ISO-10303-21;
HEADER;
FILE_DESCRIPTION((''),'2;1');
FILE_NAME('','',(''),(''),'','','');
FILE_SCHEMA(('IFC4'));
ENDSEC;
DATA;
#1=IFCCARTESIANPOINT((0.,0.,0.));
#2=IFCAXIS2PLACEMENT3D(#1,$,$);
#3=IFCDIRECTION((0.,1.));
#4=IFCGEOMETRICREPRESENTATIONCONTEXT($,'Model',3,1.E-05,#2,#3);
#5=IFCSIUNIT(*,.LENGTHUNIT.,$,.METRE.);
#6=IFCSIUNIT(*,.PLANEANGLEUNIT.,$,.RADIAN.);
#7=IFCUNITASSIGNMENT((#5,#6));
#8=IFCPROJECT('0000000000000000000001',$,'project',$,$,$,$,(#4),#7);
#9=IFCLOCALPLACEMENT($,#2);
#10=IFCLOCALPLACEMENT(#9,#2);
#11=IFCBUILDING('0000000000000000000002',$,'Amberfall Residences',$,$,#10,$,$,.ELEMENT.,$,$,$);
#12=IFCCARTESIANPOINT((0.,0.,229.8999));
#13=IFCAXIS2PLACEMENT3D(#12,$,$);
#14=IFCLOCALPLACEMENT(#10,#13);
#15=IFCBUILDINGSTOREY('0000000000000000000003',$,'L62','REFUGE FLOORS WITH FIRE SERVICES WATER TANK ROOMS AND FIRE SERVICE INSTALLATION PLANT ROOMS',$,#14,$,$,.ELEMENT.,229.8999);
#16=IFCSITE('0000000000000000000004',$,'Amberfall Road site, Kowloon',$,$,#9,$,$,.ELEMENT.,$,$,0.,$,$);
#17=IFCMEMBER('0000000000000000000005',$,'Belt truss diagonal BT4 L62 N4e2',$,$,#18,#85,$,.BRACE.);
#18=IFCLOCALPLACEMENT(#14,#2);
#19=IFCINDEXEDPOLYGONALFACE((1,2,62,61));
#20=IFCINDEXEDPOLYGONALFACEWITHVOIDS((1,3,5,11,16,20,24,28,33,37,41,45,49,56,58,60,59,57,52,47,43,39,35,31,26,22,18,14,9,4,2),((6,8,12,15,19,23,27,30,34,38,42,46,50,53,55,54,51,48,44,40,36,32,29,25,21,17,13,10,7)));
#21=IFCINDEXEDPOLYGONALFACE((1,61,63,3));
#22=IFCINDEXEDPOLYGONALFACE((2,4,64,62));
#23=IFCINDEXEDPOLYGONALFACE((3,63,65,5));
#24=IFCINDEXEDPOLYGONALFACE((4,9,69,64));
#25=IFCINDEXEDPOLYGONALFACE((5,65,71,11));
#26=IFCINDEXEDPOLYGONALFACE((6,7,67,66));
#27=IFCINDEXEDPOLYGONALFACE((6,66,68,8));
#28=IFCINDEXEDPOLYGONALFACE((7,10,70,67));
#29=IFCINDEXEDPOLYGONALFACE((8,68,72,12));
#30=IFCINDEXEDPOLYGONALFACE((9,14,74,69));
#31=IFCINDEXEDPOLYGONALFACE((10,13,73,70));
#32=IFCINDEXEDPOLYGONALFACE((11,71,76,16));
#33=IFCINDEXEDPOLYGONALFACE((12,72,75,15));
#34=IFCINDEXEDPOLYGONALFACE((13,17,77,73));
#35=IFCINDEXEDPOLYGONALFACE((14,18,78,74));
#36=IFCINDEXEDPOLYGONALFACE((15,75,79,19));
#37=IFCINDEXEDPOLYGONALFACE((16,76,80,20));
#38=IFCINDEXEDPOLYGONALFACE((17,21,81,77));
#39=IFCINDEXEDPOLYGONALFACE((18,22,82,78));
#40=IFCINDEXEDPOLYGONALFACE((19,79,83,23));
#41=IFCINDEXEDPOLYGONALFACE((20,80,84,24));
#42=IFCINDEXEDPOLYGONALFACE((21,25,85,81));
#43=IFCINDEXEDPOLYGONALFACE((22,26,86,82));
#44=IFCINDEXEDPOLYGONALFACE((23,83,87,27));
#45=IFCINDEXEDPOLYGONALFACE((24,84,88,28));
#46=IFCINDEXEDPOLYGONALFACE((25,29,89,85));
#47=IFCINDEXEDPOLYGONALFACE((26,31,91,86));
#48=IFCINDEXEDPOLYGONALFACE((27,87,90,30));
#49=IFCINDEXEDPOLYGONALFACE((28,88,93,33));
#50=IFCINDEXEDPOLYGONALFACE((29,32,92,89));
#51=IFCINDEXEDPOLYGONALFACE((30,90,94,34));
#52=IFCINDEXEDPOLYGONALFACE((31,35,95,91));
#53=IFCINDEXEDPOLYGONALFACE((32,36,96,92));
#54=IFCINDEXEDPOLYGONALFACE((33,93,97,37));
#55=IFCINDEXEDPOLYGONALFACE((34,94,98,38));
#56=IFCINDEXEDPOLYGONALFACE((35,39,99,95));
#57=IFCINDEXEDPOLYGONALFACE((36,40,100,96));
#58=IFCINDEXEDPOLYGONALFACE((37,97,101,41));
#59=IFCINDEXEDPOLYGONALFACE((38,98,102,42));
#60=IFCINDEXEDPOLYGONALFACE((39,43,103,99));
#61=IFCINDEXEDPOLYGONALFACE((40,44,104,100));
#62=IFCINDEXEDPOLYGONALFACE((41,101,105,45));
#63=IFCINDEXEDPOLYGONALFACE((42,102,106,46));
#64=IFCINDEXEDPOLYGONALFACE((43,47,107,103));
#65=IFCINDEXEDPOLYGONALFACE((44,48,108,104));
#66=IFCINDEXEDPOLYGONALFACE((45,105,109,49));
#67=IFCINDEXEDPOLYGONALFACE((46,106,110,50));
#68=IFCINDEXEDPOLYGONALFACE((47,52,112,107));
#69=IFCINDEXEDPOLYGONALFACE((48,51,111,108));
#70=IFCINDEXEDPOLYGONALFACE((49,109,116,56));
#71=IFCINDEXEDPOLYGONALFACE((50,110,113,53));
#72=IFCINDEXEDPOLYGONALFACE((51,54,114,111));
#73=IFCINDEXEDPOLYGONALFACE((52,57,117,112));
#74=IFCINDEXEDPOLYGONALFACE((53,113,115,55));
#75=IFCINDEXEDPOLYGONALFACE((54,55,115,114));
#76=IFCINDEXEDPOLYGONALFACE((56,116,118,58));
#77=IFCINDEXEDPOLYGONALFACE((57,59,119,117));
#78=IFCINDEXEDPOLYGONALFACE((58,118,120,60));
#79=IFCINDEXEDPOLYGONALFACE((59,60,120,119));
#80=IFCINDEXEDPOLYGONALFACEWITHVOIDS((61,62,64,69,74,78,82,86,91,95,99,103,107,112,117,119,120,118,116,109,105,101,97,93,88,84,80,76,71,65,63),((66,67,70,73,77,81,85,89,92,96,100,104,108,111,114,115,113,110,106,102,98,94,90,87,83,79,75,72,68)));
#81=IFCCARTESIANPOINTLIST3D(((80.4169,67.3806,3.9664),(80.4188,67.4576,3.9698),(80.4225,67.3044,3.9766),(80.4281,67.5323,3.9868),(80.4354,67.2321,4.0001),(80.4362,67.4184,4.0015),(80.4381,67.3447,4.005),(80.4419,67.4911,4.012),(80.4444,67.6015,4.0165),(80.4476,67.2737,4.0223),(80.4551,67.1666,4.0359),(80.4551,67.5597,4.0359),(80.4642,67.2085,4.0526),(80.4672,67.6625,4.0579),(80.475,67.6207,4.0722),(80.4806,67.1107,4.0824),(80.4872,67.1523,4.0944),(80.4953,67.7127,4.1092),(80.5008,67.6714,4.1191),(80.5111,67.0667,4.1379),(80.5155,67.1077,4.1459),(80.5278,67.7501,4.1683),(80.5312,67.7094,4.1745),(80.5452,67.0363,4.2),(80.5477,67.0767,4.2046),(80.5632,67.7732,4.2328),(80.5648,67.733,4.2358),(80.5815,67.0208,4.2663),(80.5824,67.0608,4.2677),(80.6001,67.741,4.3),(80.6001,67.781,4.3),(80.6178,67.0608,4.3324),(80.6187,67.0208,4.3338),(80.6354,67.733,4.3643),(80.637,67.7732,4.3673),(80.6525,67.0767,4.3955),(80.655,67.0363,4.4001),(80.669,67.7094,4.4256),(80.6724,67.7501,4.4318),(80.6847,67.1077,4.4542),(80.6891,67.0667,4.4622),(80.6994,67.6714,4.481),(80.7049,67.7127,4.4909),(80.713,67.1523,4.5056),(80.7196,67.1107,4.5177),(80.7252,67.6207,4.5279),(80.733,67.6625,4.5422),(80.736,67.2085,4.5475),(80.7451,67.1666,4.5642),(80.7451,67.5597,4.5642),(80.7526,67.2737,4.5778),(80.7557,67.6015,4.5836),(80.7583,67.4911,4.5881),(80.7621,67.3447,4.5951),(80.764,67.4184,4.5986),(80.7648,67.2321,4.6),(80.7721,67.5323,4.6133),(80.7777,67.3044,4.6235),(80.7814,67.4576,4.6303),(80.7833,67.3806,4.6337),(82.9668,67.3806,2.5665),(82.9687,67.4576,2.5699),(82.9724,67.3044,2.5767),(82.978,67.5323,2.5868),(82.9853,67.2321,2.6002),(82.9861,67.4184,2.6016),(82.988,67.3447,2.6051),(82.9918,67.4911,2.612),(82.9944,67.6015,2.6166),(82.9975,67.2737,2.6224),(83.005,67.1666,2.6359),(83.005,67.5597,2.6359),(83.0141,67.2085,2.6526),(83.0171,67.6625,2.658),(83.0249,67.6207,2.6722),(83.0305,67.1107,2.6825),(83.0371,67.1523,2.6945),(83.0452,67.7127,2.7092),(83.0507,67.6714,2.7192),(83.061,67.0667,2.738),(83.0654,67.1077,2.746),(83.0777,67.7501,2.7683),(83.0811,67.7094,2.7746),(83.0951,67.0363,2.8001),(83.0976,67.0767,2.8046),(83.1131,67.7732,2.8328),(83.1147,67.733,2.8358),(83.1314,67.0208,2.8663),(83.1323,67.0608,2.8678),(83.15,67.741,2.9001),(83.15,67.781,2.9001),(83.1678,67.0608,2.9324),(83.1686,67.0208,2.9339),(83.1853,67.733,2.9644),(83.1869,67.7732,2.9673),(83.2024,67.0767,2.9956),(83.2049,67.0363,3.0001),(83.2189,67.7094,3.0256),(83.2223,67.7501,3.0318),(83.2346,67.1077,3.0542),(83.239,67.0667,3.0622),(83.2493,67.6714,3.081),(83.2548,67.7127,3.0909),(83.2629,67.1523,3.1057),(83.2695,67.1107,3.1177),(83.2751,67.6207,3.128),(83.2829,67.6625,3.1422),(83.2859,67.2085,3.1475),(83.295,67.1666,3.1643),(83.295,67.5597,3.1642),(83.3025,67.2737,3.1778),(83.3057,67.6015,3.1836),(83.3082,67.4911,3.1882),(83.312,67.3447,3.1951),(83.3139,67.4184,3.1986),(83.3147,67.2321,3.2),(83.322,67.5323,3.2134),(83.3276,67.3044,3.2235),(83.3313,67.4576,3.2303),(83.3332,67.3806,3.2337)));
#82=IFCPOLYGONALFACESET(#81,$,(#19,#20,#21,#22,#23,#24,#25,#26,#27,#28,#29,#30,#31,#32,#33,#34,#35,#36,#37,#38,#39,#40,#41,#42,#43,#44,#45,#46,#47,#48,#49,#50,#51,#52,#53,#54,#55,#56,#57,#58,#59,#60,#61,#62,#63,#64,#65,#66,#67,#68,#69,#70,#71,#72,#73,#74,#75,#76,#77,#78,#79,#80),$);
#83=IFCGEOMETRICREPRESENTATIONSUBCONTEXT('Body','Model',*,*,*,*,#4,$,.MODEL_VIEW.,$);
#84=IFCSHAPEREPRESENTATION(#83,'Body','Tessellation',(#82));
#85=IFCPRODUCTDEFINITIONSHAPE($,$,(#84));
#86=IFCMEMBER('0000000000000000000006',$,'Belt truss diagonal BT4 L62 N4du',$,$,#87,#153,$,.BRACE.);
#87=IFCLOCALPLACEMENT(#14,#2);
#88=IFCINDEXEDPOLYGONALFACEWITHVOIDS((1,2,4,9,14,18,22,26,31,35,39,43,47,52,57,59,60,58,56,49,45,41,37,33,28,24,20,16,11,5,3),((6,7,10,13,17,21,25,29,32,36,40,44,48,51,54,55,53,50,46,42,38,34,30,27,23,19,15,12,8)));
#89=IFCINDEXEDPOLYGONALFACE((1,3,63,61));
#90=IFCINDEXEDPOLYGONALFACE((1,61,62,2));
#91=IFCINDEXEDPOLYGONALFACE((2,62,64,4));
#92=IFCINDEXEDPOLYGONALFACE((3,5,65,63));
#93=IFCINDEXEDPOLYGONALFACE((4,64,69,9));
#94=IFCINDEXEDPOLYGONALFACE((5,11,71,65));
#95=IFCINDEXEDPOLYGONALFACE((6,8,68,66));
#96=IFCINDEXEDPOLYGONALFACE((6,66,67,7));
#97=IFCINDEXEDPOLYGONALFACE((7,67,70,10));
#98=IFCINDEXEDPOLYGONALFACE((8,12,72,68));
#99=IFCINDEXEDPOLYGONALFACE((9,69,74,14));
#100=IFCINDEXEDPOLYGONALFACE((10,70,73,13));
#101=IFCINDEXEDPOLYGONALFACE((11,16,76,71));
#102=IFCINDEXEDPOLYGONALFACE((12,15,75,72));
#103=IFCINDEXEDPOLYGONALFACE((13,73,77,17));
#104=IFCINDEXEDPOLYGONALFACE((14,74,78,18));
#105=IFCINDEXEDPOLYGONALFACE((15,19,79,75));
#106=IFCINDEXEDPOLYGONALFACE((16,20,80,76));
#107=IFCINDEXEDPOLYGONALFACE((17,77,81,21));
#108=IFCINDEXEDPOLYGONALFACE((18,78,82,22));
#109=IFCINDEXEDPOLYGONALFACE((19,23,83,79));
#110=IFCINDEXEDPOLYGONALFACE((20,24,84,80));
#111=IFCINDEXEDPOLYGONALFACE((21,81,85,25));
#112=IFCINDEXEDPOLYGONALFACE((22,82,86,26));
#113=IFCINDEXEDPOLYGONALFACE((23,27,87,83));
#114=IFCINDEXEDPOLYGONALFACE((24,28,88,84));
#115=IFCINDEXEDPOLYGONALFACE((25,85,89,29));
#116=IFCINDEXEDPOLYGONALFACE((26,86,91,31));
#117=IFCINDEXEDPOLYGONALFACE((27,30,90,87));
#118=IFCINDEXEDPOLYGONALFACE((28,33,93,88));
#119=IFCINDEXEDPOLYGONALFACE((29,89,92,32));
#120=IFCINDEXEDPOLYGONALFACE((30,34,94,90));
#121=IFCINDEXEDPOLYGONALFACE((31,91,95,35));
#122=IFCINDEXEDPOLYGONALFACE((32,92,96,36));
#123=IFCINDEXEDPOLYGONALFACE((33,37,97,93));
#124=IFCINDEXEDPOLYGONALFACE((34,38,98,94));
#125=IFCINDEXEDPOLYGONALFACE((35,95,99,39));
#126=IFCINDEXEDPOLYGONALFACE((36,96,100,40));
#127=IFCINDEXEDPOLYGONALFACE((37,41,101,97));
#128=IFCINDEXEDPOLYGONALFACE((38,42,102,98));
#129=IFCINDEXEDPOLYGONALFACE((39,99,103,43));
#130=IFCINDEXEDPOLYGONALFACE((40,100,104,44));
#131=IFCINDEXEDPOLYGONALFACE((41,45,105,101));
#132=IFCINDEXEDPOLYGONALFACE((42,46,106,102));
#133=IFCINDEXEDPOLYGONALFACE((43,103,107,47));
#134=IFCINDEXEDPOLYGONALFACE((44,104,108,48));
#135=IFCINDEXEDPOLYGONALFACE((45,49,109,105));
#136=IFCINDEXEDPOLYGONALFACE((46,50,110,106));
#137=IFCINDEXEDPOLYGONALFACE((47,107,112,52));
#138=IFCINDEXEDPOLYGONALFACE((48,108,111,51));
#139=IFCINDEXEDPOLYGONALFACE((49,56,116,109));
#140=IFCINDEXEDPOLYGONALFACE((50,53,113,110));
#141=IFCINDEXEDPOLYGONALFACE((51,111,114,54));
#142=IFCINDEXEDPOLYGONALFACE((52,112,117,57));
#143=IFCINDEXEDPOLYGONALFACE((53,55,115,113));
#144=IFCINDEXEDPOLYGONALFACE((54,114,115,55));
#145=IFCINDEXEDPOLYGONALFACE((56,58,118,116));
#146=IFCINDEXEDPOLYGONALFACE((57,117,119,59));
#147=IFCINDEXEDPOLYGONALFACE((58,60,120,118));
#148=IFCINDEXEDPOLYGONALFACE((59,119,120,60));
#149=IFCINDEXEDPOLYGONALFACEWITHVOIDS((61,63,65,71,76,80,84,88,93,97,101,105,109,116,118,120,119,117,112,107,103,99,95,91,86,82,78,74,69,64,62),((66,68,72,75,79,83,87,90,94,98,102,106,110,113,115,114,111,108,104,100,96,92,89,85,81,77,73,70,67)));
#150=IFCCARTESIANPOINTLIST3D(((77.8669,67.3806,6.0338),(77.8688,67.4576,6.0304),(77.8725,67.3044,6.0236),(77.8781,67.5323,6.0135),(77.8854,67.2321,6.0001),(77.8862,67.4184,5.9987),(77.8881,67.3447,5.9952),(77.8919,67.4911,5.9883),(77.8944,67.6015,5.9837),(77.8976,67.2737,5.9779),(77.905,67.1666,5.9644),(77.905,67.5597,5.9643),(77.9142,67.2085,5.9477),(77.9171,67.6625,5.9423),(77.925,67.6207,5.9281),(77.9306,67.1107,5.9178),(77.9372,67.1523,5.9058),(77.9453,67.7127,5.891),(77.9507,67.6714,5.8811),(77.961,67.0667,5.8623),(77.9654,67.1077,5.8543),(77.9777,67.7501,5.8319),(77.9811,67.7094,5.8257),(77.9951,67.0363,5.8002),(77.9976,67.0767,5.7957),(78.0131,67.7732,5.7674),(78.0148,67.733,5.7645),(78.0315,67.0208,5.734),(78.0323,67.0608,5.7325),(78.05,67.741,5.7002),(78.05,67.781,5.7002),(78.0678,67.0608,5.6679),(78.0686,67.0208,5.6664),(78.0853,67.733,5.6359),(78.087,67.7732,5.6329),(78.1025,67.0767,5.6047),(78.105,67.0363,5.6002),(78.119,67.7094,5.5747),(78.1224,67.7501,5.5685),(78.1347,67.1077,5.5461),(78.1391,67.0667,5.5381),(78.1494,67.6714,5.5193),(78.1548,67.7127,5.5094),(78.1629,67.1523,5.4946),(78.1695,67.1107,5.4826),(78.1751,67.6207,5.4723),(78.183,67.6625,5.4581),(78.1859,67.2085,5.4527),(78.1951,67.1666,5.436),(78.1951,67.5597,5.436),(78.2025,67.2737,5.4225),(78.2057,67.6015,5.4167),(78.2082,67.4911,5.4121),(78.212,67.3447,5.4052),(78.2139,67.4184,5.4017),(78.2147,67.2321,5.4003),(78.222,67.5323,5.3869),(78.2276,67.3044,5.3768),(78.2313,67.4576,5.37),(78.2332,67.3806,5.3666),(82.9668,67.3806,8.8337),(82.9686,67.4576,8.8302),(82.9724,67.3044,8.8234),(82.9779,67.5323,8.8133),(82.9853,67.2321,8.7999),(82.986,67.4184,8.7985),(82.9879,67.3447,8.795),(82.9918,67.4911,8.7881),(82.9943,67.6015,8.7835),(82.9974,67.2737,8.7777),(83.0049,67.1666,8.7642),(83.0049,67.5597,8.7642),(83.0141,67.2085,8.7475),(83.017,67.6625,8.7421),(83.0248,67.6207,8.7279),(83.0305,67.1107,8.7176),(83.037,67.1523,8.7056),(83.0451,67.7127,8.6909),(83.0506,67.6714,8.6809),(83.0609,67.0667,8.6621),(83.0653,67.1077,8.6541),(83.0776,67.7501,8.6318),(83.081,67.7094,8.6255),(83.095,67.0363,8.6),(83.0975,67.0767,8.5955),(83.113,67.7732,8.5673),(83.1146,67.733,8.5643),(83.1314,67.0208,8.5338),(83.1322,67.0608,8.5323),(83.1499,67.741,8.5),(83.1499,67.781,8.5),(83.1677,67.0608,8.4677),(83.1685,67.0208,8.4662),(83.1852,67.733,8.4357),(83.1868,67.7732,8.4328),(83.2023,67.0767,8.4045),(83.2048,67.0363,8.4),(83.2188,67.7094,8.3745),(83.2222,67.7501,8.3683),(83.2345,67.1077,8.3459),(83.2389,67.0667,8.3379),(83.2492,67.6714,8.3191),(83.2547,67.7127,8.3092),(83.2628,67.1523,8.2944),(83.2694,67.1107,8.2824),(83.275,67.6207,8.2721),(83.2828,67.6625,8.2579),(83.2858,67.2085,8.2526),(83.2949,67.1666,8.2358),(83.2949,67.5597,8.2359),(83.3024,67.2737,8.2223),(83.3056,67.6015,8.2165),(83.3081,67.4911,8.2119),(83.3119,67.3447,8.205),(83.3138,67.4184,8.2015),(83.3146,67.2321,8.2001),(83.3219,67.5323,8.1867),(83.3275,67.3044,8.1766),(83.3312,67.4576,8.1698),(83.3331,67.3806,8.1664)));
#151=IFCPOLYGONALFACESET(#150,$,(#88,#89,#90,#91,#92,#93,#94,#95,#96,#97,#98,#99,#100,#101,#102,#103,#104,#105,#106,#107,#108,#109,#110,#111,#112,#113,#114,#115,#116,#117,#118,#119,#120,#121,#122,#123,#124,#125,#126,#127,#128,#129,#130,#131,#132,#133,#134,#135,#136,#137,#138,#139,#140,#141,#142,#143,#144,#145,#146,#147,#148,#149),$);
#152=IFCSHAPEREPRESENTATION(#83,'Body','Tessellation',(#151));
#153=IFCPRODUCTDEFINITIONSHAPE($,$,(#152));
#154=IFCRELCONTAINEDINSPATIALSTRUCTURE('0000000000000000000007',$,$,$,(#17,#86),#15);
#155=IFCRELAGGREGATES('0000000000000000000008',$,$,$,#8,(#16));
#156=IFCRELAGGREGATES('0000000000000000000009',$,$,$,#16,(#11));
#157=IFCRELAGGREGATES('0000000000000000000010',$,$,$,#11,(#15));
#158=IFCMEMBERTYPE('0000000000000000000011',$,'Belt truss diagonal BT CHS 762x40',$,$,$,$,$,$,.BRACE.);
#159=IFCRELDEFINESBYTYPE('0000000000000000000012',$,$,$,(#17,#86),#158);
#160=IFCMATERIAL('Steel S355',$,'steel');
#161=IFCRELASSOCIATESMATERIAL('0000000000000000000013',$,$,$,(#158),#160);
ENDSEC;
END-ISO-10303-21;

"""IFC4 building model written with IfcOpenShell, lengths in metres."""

from ifc_helpers import new_model, si_unit, direction, frame, origin, origin_2d, place, context, subcontext, project, spatial, hollow_circle, extrude, material, material_profile, profile_set, type_object, element, save


model = new_model("IFC4")

# Units and contexts
model_context = context("Model", 3, precision=1e-05, world=origin(), true_north=direction((0.0, 1.0)))
body_context = subcontext(model_context, "Body", "Model", "MODEL_VIEW")
ifc_project = project(units=[si_unit("LENGTHUNIT", "METRE"), si_unit("PLANEANGLEUNIT", "RADIAN")], contexts=[model_context])

# Site, building, storey
site_placement = place(None, origin())
site = spatial("IfcSite", under=ifc_project, at=site_placement, Name="Amberfall Road site, Kowloon", CompositionType="ELEMENT", RefElevation=0.0)
building_placement = place(site_placement, origin())
building = spatial("IfcBuilding", under=site, at=building_placement, Name="Amberfall Residences", CompositionType="ELEMENT")
storey_placement = place(building_placement, frame((0.0, 0.0, 229.8999)))
storey = spatial("IfcBuildingStorey", under=building, at=storey_placement, Name="L62", Description="REFUGE FLOORS WITH FIRE SERVICES WATER TANK ROOMS AND FIRE SERVICE INSTALLATION PLANT ROOMS", CompositionType="ELEMENT", Elevation=229.8999)

# Shared definitions
ifc_material_1 = material(Name="Steel S355", Category="steel")

# Members
ifc_material_profile_1 = material_profile(ifc_material_1, hollow_circle(Radius=0.3811, WallThickness=0.04, at=origin_2d()), Name="CHS 762x40")
ifc_profile_set_1 = profile_set([ifc_material_profile_1], Name="Steel S355")
member_type = type_object("IfcMemberType", Name="Belt truss diagonal BT CHS 762x40", PredefinedType="BRACE", material=ifc_profile_set_1)
member_1_placement = place(storey_placement, frame((80.6001, 67.3999, 4.3), z_axis=(0.876577, 0.0, -0.481261), x_axis=(0.0, 1.0, 0.0)))
element("IfcMember", 1, at=member_1_placement, inside=storey, type_object=member_type, Name="Belt truss diagonal BT4 L62 N4e2", PredefinedType="BRACE", context=body_context, shape_type="SweptSolid", body=[
    extrude(hollow_circle(Radius=0.3811, WallThickness=0.04, at=origin_2d()), origin(), (0.0, 0.0, 1.0), 2.9089),
])
member_2_placement = place(storey_placement, frame((78.05, 67.3999, 5.7002), z_axis=(0.876587, 0.0, 0.481244), x_axis=(0.0, 1.0, 0.0)))
element("IfcMember", 2, at=member_2_placement, inside=storey, type_object=member_type, Name="Belt truss diagonal BT4 L62 N4du", PredefinedType="BRACE", context=body_context, shape_type="SweptSolid", body=[
    extrude(hollow_circle(Radius=0.3811, WallThickness=0.04, at=origin_2d()), origin(), (0.0, 0.0, 1.0), 5.8179),
])

save(model, "model.ifc")
